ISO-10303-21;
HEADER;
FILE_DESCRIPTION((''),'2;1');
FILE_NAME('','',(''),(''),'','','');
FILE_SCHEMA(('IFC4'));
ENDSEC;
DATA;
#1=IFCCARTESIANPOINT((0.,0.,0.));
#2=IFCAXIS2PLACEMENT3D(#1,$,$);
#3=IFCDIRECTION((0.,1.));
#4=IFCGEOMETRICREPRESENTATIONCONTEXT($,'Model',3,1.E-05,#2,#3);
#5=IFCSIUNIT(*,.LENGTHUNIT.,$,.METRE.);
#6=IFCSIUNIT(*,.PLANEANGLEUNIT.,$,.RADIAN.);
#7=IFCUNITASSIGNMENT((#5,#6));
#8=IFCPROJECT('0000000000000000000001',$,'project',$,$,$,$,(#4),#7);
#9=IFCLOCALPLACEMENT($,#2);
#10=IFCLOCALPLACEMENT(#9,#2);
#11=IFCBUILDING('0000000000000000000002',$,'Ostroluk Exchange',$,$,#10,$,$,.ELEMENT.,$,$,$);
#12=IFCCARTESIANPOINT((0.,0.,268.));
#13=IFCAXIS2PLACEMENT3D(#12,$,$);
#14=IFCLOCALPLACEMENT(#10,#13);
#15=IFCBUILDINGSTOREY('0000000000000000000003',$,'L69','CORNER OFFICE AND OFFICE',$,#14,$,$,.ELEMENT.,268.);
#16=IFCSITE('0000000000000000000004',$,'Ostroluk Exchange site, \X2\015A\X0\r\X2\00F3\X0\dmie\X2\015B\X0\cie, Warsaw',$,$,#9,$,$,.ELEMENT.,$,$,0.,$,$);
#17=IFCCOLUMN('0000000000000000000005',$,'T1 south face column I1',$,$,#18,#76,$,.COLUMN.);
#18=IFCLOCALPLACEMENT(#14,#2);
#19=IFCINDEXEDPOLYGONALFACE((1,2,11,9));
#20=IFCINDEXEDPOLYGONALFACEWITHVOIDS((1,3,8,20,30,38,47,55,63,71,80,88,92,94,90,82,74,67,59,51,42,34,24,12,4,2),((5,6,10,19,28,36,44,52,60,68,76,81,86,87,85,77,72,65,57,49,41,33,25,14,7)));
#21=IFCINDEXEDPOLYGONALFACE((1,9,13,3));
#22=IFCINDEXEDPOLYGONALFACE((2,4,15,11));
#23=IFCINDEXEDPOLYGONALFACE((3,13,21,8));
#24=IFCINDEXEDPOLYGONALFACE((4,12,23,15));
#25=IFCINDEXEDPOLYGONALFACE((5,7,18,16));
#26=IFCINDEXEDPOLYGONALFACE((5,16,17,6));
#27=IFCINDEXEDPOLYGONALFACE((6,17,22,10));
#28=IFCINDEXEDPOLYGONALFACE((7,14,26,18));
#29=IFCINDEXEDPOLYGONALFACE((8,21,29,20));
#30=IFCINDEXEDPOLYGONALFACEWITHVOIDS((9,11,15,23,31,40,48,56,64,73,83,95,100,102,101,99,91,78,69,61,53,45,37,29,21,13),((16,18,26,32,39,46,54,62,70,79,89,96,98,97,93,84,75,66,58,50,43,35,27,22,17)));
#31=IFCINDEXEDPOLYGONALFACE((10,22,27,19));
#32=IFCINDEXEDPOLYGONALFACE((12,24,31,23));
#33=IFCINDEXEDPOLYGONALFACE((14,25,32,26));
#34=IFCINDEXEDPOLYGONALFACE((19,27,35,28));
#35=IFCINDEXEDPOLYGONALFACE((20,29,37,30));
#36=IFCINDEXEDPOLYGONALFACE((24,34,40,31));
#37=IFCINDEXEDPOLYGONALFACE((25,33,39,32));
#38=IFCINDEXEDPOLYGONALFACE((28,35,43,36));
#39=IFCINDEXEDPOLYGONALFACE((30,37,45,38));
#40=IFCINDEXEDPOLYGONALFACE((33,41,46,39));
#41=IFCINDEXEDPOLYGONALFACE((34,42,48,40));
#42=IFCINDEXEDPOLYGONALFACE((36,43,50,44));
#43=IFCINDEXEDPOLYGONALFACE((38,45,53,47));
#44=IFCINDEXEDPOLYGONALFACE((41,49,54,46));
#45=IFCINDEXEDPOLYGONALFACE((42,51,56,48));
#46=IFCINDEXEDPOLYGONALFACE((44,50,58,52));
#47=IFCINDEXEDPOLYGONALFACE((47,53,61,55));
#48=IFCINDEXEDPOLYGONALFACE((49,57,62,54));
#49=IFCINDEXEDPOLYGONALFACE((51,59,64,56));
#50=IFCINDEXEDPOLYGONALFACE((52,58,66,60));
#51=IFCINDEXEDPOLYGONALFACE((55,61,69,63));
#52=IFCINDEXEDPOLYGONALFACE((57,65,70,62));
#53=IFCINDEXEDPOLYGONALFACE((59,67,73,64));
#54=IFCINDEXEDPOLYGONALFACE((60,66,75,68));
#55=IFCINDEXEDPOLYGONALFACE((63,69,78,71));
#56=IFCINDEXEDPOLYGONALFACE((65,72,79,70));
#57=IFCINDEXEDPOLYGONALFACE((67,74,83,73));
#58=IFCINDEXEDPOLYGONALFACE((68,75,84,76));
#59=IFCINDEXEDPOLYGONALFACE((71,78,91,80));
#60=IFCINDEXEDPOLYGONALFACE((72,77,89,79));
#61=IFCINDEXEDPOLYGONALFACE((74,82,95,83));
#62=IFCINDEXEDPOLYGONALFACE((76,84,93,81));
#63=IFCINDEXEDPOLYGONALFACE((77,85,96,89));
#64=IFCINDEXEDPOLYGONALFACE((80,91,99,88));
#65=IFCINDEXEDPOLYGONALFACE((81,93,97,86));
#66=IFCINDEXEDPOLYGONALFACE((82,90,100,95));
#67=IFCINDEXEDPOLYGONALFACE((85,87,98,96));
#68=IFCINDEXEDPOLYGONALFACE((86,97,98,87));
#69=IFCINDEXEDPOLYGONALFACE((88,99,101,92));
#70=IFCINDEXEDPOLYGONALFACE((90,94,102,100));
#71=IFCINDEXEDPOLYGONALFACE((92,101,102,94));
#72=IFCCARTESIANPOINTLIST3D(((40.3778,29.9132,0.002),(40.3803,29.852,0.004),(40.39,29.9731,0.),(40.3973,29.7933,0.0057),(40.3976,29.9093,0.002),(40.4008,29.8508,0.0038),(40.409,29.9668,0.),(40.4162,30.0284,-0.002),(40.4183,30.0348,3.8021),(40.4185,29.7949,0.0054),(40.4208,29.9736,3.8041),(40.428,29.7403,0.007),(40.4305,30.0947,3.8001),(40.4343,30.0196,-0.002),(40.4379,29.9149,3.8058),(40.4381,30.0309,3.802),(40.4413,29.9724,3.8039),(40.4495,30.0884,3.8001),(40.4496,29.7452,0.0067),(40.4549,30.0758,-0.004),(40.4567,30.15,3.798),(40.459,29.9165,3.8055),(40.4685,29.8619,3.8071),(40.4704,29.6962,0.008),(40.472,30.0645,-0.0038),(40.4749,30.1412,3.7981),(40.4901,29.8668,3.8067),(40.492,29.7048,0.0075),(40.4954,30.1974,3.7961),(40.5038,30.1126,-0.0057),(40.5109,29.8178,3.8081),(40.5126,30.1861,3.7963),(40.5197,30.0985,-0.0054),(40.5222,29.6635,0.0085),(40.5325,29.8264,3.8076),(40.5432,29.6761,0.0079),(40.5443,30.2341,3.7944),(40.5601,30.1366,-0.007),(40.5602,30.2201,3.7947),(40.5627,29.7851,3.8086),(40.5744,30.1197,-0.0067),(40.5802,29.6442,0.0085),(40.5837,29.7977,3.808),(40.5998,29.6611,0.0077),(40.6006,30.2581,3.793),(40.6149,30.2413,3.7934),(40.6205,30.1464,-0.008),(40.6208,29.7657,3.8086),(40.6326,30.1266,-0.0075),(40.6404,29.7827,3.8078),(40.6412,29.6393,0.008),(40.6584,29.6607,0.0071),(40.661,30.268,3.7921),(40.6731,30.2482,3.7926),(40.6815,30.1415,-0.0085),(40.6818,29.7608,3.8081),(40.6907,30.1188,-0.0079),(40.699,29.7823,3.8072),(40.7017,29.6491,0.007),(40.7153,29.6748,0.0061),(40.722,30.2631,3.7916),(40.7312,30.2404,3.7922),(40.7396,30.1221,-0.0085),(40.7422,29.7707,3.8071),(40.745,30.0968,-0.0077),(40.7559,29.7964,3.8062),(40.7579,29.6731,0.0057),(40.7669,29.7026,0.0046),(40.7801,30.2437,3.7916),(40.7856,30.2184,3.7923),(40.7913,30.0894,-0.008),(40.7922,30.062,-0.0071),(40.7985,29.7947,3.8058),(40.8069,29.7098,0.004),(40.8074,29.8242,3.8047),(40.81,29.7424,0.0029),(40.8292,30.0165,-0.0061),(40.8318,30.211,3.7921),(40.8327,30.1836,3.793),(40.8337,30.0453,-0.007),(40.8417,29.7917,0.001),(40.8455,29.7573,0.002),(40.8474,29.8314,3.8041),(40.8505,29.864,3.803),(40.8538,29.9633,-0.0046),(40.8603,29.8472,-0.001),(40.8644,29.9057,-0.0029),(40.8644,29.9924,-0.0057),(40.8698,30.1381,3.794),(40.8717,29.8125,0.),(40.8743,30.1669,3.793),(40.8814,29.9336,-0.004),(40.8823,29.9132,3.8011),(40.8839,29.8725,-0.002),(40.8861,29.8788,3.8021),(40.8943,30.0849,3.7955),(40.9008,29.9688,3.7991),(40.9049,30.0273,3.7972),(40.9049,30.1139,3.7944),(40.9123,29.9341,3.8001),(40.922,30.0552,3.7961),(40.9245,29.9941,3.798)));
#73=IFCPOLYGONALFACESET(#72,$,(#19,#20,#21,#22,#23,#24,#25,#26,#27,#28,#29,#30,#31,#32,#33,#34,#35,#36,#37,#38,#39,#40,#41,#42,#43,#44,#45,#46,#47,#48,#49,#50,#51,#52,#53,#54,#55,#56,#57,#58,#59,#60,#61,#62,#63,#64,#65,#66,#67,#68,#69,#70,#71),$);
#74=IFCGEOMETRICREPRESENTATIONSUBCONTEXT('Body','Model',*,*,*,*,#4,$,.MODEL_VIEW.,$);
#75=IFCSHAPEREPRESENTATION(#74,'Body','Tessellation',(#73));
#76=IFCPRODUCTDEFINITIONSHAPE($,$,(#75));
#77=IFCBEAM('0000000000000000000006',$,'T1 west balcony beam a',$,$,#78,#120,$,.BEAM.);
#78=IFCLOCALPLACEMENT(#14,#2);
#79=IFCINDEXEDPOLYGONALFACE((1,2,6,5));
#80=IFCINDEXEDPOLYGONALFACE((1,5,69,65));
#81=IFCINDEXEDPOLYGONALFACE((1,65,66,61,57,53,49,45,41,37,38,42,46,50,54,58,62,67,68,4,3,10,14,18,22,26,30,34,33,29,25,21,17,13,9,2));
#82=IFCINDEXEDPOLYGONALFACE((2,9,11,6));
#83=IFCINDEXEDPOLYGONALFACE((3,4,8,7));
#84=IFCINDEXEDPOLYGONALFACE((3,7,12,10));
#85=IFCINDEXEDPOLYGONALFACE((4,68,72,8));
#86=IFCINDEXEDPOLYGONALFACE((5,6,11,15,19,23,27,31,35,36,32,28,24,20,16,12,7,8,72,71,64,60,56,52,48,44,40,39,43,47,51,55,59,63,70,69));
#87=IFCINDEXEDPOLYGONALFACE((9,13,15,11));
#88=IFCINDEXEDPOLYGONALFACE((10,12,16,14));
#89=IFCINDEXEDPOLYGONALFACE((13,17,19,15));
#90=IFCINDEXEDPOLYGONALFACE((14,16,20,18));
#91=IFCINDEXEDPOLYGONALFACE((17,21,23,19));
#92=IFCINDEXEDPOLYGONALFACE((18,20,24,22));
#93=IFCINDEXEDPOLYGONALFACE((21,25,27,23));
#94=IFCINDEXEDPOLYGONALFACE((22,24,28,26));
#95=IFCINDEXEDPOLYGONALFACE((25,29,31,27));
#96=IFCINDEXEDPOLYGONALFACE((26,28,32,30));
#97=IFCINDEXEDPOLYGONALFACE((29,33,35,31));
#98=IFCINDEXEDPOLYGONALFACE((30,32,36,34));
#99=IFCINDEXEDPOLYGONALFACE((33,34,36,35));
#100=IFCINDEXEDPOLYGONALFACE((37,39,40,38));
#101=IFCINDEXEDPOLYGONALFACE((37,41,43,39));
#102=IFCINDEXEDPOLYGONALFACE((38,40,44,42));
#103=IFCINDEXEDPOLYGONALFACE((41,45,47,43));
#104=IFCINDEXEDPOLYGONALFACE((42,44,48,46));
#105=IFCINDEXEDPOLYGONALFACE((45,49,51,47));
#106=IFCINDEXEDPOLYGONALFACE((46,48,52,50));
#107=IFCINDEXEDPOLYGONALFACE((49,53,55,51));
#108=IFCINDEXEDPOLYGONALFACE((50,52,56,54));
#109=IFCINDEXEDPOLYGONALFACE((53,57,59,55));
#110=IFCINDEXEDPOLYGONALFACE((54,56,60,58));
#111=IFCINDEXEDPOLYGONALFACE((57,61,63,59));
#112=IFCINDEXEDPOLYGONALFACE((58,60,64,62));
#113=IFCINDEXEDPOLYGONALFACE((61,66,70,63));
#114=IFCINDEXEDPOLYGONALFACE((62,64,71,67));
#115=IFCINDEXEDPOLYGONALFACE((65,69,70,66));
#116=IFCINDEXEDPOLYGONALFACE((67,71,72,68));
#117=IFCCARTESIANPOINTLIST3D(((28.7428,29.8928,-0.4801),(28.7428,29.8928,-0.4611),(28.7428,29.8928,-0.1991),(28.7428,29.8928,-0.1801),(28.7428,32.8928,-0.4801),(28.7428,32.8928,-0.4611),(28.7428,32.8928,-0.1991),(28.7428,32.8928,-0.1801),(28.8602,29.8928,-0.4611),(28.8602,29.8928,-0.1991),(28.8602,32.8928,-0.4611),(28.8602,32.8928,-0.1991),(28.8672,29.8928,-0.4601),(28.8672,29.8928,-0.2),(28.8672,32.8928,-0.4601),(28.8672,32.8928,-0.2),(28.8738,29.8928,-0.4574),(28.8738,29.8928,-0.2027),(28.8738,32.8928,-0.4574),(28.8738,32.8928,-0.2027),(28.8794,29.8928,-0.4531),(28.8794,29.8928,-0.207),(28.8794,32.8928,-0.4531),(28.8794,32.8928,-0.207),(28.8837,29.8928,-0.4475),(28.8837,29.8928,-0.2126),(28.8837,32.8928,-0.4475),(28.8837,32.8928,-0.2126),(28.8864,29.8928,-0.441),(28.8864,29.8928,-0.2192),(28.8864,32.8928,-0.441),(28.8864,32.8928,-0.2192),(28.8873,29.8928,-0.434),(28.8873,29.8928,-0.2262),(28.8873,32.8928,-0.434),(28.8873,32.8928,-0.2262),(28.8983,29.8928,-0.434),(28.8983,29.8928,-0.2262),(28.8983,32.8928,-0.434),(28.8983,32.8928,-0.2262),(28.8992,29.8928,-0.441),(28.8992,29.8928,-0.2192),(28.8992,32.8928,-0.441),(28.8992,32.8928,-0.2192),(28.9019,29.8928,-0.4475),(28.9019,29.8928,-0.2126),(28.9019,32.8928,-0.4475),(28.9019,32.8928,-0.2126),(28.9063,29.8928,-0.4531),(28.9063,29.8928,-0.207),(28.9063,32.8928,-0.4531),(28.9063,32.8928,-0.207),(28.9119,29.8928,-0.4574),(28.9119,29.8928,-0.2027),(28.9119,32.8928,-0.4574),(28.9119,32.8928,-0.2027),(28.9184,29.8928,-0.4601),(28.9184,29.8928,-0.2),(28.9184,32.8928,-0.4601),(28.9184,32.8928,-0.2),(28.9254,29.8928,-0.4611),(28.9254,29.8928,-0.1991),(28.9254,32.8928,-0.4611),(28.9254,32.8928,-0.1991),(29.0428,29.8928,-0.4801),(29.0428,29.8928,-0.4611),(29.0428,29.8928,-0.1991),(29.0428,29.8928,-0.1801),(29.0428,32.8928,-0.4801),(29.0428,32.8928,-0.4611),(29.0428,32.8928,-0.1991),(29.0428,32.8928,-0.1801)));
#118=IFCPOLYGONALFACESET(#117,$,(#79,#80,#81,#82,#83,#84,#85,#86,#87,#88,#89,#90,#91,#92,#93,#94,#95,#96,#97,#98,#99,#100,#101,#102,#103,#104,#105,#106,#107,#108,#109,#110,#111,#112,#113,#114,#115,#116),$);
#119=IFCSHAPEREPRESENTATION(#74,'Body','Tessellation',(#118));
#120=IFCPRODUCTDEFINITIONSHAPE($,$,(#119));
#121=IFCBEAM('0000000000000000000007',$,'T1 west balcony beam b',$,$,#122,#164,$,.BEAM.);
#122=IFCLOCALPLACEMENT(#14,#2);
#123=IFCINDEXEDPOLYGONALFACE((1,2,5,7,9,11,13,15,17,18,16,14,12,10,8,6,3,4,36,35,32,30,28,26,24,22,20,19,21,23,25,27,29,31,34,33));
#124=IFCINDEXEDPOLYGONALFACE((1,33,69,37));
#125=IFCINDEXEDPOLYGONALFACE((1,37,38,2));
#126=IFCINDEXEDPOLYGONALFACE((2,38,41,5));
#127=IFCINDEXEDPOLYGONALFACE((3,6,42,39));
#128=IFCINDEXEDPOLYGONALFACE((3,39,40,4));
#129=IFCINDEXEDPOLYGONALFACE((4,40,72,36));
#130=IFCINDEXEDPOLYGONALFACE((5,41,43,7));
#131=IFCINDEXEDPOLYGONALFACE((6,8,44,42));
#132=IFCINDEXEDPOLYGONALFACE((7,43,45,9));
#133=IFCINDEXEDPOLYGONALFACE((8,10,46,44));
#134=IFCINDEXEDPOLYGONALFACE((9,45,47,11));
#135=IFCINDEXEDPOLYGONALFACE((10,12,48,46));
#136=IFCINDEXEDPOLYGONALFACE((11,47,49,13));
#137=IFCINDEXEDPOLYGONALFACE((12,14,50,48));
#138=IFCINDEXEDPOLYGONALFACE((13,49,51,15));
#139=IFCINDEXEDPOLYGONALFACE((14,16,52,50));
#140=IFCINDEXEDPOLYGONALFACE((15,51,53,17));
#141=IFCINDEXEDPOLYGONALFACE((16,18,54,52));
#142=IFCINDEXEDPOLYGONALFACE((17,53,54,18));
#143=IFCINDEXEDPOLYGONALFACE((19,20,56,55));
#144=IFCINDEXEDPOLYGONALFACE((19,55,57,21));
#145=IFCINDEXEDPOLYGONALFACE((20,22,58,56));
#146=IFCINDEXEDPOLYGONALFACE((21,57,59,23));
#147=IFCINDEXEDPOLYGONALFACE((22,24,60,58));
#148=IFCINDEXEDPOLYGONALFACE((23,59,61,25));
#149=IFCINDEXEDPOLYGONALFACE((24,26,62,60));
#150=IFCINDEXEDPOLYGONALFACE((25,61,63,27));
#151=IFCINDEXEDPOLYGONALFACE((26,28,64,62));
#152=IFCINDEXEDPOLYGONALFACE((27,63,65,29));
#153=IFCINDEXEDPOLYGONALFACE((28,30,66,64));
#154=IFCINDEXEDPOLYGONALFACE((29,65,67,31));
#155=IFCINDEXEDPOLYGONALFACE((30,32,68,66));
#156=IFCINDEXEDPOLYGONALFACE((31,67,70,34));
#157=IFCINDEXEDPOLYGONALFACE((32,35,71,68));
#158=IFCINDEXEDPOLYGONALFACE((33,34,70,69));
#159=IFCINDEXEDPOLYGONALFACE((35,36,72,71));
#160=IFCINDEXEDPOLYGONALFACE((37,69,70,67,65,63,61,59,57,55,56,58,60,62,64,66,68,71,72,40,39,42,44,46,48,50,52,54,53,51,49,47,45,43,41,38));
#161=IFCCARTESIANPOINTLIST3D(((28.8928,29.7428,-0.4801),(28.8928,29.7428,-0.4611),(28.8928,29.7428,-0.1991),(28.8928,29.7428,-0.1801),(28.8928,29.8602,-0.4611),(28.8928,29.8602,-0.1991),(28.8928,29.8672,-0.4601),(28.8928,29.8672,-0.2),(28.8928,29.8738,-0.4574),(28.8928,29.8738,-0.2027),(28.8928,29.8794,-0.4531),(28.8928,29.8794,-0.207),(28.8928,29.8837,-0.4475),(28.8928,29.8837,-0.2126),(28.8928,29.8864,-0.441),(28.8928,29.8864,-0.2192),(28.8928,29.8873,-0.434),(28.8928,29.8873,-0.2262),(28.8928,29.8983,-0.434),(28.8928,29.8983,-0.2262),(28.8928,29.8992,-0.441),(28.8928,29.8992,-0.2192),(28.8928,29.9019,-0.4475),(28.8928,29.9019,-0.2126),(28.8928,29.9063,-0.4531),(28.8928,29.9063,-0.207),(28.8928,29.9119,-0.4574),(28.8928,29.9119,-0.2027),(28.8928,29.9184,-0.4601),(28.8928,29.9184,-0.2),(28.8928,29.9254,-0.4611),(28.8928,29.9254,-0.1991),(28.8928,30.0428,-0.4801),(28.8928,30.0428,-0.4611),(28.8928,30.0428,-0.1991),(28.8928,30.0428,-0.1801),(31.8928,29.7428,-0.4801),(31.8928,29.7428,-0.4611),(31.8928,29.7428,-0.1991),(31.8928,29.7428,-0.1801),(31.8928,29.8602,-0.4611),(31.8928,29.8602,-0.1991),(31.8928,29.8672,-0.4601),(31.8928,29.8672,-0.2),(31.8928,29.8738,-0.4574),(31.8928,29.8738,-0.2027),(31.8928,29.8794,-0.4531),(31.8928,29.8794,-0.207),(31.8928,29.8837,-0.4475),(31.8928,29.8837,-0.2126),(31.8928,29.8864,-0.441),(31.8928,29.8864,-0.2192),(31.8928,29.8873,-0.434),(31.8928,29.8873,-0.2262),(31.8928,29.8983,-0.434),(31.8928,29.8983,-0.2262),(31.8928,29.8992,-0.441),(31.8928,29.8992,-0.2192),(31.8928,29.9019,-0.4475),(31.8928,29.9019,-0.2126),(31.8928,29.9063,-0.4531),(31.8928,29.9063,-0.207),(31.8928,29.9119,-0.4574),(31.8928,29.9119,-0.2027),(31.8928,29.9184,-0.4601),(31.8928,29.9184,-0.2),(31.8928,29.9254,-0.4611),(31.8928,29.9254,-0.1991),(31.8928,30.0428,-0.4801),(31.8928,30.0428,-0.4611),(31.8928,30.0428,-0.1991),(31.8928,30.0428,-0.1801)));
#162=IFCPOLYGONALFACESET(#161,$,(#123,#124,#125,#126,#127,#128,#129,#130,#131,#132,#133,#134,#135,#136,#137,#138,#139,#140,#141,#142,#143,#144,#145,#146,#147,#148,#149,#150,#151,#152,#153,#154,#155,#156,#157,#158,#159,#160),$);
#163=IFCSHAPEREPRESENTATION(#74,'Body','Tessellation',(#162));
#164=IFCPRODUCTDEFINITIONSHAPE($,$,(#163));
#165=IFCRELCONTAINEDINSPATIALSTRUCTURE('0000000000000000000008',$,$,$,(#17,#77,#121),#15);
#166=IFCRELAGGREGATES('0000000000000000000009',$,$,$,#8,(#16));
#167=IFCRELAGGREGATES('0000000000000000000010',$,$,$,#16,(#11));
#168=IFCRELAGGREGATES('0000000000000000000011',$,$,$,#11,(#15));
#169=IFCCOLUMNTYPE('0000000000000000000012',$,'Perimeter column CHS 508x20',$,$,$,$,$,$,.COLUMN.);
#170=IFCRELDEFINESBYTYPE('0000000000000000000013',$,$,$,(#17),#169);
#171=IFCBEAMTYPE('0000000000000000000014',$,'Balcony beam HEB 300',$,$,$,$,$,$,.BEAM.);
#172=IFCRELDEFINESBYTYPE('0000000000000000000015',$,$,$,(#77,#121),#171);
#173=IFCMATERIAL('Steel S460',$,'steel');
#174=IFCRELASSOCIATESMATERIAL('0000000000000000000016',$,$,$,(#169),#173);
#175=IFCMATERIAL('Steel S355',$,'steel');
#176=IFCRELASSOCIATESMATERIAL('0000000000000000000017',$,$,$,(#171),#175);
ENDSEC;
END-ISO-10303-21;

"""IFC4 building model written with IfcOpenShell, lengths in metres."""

from ifc_helpers import new_model, si_unit, direction, frame, origin, origin_2d, place, context, subcontext, project, spatial, hollow_circle, i_section, extrude, material, material_profile, profile_set, type_object, element, save


model = new_model("IFC4")

# Units and contexts
model_context = context("Model", 3, precision=1e-05, world=origin(), true_north=direction((0.0, 1.0)))
body_context = subcontext(model_context, "Body", "Model", "MODEL_VIEW")
ifc_project = project(units=[si_unit("LENGTHUNIT", "METRE"), si_unit("PLANEANGLEUNIT", "RADIAN")], contexts=[model_context])

# Site, building, storey
site_placement = place(None, origin())
site = spatial("IfcSite", under=ifc_project, at=site_placement, Name="Ostroluk Exchange site, Śródmieście, Warsaw", CompositionType="ELEMENT", RefElevation=0.0)
building_placement = place(site_placement, origin())
building = spatial("IfcBuilding", under=site, at=building_placement, Name="Ostroluk Exchange", CompositionType="ELEMENT")
storey_placement = place(building_placement, frame((0.0, 0.0, 268.0)))
storey = spatial("IfcBuildingStorey", under=building, at=storey_placement, Name="L69", Description="CORNER OFFICE AND OFFICE", CompositionType="ELEMENT", Elevation=268.0)

# Column
ifc_material_1 = material(Name="Steel S460", Category="steel")
ifc_material_profile_1 = material_profile(ifc_material_1, hollow_circle(Radius=0.2539, WallThickness=0.02, at=origin_2d()), Name="CHS 508x20")
ifc_profile_set_1 = profile_set([ifc_material_profile_1], Name="Steel S460")
column_type_1 = type_object("IfcColumnType", Name="Perimeter column CHS 508x20", PredefinedType="COLUMN", material=ifc_profile_set_1)
column_1_placement = place(storey_placement, frame((40.6309, 29.8928, 0.0), z_axis=(0.010659, 0.031977, 0.999432), x_axis=(-0.948683, 0.316228, 0.0)))
element("IfcColumn", 1, at=column_1_placement, inside=storey, type_object=column_type_1, Name="T1 south face column I1", PredefinedType="COLUMN", context=body_context, shape_type="SweptSolid", body=[
    extrude(hollow_circle(Radius=0.2539, WallThickness=0.02, at=origin_2d()), origin(), (0.0, 0.0, 1.0), 3.8022),
])

# Beams
ifc_material_2 = material(Name="Steel S355", Category="steel")
ifc_material_profile_2 = material_profile(ifc_material_2, i_section(OverallWidth=0.3, OverallDepth=0.3, WebThickness=0.011, FlangeThickness=0.019, FilletRadius=0.0271, at=origin_2d()), Name="HEB 300")
ifc_profile_set_2 = profile_set([ifc_material_profile_2], Name="Steel S355")
beam_type_1 = type_object("IfcBeamType", Name="Balcony beam HEB 300", PredefinedType="BEAM", material=ifc_profile_set_2)
for number, where, z_axis, x_axis, name in (
    (2, (28.8928, 32.8928, -0.3301), (0.0, -1.0, 0.0), (1.0, 0.0, 0.0), "T1 west balcony beam a"),
    (3, (31.8928, 29.8928, -0.3301), (-1.0, 0.0, 0.0), (0.0, -1.0, 0.0), "T1 west balcony beam b"),
):
    element("IfcBeam", number, at=place(storey_placement, frame(where, z_axis=z_axis, x_axis=x_axis)), inside=storey, type_object=beam_type_1, Name=name, PredefinedType="BEAM", context=body_context, shape_type="SweptSolid", body=[
        extrude(i_section(OverallWidth=0.3, OverallDepth=0.3, WebThickness=0.011, FlangeThickness=0.019, FilletRadius=0.0271, at=origin_2d()), origin(), (0.0, 0.0, 1.0), 3.0),
    ])

save(model, "model.ifc")
